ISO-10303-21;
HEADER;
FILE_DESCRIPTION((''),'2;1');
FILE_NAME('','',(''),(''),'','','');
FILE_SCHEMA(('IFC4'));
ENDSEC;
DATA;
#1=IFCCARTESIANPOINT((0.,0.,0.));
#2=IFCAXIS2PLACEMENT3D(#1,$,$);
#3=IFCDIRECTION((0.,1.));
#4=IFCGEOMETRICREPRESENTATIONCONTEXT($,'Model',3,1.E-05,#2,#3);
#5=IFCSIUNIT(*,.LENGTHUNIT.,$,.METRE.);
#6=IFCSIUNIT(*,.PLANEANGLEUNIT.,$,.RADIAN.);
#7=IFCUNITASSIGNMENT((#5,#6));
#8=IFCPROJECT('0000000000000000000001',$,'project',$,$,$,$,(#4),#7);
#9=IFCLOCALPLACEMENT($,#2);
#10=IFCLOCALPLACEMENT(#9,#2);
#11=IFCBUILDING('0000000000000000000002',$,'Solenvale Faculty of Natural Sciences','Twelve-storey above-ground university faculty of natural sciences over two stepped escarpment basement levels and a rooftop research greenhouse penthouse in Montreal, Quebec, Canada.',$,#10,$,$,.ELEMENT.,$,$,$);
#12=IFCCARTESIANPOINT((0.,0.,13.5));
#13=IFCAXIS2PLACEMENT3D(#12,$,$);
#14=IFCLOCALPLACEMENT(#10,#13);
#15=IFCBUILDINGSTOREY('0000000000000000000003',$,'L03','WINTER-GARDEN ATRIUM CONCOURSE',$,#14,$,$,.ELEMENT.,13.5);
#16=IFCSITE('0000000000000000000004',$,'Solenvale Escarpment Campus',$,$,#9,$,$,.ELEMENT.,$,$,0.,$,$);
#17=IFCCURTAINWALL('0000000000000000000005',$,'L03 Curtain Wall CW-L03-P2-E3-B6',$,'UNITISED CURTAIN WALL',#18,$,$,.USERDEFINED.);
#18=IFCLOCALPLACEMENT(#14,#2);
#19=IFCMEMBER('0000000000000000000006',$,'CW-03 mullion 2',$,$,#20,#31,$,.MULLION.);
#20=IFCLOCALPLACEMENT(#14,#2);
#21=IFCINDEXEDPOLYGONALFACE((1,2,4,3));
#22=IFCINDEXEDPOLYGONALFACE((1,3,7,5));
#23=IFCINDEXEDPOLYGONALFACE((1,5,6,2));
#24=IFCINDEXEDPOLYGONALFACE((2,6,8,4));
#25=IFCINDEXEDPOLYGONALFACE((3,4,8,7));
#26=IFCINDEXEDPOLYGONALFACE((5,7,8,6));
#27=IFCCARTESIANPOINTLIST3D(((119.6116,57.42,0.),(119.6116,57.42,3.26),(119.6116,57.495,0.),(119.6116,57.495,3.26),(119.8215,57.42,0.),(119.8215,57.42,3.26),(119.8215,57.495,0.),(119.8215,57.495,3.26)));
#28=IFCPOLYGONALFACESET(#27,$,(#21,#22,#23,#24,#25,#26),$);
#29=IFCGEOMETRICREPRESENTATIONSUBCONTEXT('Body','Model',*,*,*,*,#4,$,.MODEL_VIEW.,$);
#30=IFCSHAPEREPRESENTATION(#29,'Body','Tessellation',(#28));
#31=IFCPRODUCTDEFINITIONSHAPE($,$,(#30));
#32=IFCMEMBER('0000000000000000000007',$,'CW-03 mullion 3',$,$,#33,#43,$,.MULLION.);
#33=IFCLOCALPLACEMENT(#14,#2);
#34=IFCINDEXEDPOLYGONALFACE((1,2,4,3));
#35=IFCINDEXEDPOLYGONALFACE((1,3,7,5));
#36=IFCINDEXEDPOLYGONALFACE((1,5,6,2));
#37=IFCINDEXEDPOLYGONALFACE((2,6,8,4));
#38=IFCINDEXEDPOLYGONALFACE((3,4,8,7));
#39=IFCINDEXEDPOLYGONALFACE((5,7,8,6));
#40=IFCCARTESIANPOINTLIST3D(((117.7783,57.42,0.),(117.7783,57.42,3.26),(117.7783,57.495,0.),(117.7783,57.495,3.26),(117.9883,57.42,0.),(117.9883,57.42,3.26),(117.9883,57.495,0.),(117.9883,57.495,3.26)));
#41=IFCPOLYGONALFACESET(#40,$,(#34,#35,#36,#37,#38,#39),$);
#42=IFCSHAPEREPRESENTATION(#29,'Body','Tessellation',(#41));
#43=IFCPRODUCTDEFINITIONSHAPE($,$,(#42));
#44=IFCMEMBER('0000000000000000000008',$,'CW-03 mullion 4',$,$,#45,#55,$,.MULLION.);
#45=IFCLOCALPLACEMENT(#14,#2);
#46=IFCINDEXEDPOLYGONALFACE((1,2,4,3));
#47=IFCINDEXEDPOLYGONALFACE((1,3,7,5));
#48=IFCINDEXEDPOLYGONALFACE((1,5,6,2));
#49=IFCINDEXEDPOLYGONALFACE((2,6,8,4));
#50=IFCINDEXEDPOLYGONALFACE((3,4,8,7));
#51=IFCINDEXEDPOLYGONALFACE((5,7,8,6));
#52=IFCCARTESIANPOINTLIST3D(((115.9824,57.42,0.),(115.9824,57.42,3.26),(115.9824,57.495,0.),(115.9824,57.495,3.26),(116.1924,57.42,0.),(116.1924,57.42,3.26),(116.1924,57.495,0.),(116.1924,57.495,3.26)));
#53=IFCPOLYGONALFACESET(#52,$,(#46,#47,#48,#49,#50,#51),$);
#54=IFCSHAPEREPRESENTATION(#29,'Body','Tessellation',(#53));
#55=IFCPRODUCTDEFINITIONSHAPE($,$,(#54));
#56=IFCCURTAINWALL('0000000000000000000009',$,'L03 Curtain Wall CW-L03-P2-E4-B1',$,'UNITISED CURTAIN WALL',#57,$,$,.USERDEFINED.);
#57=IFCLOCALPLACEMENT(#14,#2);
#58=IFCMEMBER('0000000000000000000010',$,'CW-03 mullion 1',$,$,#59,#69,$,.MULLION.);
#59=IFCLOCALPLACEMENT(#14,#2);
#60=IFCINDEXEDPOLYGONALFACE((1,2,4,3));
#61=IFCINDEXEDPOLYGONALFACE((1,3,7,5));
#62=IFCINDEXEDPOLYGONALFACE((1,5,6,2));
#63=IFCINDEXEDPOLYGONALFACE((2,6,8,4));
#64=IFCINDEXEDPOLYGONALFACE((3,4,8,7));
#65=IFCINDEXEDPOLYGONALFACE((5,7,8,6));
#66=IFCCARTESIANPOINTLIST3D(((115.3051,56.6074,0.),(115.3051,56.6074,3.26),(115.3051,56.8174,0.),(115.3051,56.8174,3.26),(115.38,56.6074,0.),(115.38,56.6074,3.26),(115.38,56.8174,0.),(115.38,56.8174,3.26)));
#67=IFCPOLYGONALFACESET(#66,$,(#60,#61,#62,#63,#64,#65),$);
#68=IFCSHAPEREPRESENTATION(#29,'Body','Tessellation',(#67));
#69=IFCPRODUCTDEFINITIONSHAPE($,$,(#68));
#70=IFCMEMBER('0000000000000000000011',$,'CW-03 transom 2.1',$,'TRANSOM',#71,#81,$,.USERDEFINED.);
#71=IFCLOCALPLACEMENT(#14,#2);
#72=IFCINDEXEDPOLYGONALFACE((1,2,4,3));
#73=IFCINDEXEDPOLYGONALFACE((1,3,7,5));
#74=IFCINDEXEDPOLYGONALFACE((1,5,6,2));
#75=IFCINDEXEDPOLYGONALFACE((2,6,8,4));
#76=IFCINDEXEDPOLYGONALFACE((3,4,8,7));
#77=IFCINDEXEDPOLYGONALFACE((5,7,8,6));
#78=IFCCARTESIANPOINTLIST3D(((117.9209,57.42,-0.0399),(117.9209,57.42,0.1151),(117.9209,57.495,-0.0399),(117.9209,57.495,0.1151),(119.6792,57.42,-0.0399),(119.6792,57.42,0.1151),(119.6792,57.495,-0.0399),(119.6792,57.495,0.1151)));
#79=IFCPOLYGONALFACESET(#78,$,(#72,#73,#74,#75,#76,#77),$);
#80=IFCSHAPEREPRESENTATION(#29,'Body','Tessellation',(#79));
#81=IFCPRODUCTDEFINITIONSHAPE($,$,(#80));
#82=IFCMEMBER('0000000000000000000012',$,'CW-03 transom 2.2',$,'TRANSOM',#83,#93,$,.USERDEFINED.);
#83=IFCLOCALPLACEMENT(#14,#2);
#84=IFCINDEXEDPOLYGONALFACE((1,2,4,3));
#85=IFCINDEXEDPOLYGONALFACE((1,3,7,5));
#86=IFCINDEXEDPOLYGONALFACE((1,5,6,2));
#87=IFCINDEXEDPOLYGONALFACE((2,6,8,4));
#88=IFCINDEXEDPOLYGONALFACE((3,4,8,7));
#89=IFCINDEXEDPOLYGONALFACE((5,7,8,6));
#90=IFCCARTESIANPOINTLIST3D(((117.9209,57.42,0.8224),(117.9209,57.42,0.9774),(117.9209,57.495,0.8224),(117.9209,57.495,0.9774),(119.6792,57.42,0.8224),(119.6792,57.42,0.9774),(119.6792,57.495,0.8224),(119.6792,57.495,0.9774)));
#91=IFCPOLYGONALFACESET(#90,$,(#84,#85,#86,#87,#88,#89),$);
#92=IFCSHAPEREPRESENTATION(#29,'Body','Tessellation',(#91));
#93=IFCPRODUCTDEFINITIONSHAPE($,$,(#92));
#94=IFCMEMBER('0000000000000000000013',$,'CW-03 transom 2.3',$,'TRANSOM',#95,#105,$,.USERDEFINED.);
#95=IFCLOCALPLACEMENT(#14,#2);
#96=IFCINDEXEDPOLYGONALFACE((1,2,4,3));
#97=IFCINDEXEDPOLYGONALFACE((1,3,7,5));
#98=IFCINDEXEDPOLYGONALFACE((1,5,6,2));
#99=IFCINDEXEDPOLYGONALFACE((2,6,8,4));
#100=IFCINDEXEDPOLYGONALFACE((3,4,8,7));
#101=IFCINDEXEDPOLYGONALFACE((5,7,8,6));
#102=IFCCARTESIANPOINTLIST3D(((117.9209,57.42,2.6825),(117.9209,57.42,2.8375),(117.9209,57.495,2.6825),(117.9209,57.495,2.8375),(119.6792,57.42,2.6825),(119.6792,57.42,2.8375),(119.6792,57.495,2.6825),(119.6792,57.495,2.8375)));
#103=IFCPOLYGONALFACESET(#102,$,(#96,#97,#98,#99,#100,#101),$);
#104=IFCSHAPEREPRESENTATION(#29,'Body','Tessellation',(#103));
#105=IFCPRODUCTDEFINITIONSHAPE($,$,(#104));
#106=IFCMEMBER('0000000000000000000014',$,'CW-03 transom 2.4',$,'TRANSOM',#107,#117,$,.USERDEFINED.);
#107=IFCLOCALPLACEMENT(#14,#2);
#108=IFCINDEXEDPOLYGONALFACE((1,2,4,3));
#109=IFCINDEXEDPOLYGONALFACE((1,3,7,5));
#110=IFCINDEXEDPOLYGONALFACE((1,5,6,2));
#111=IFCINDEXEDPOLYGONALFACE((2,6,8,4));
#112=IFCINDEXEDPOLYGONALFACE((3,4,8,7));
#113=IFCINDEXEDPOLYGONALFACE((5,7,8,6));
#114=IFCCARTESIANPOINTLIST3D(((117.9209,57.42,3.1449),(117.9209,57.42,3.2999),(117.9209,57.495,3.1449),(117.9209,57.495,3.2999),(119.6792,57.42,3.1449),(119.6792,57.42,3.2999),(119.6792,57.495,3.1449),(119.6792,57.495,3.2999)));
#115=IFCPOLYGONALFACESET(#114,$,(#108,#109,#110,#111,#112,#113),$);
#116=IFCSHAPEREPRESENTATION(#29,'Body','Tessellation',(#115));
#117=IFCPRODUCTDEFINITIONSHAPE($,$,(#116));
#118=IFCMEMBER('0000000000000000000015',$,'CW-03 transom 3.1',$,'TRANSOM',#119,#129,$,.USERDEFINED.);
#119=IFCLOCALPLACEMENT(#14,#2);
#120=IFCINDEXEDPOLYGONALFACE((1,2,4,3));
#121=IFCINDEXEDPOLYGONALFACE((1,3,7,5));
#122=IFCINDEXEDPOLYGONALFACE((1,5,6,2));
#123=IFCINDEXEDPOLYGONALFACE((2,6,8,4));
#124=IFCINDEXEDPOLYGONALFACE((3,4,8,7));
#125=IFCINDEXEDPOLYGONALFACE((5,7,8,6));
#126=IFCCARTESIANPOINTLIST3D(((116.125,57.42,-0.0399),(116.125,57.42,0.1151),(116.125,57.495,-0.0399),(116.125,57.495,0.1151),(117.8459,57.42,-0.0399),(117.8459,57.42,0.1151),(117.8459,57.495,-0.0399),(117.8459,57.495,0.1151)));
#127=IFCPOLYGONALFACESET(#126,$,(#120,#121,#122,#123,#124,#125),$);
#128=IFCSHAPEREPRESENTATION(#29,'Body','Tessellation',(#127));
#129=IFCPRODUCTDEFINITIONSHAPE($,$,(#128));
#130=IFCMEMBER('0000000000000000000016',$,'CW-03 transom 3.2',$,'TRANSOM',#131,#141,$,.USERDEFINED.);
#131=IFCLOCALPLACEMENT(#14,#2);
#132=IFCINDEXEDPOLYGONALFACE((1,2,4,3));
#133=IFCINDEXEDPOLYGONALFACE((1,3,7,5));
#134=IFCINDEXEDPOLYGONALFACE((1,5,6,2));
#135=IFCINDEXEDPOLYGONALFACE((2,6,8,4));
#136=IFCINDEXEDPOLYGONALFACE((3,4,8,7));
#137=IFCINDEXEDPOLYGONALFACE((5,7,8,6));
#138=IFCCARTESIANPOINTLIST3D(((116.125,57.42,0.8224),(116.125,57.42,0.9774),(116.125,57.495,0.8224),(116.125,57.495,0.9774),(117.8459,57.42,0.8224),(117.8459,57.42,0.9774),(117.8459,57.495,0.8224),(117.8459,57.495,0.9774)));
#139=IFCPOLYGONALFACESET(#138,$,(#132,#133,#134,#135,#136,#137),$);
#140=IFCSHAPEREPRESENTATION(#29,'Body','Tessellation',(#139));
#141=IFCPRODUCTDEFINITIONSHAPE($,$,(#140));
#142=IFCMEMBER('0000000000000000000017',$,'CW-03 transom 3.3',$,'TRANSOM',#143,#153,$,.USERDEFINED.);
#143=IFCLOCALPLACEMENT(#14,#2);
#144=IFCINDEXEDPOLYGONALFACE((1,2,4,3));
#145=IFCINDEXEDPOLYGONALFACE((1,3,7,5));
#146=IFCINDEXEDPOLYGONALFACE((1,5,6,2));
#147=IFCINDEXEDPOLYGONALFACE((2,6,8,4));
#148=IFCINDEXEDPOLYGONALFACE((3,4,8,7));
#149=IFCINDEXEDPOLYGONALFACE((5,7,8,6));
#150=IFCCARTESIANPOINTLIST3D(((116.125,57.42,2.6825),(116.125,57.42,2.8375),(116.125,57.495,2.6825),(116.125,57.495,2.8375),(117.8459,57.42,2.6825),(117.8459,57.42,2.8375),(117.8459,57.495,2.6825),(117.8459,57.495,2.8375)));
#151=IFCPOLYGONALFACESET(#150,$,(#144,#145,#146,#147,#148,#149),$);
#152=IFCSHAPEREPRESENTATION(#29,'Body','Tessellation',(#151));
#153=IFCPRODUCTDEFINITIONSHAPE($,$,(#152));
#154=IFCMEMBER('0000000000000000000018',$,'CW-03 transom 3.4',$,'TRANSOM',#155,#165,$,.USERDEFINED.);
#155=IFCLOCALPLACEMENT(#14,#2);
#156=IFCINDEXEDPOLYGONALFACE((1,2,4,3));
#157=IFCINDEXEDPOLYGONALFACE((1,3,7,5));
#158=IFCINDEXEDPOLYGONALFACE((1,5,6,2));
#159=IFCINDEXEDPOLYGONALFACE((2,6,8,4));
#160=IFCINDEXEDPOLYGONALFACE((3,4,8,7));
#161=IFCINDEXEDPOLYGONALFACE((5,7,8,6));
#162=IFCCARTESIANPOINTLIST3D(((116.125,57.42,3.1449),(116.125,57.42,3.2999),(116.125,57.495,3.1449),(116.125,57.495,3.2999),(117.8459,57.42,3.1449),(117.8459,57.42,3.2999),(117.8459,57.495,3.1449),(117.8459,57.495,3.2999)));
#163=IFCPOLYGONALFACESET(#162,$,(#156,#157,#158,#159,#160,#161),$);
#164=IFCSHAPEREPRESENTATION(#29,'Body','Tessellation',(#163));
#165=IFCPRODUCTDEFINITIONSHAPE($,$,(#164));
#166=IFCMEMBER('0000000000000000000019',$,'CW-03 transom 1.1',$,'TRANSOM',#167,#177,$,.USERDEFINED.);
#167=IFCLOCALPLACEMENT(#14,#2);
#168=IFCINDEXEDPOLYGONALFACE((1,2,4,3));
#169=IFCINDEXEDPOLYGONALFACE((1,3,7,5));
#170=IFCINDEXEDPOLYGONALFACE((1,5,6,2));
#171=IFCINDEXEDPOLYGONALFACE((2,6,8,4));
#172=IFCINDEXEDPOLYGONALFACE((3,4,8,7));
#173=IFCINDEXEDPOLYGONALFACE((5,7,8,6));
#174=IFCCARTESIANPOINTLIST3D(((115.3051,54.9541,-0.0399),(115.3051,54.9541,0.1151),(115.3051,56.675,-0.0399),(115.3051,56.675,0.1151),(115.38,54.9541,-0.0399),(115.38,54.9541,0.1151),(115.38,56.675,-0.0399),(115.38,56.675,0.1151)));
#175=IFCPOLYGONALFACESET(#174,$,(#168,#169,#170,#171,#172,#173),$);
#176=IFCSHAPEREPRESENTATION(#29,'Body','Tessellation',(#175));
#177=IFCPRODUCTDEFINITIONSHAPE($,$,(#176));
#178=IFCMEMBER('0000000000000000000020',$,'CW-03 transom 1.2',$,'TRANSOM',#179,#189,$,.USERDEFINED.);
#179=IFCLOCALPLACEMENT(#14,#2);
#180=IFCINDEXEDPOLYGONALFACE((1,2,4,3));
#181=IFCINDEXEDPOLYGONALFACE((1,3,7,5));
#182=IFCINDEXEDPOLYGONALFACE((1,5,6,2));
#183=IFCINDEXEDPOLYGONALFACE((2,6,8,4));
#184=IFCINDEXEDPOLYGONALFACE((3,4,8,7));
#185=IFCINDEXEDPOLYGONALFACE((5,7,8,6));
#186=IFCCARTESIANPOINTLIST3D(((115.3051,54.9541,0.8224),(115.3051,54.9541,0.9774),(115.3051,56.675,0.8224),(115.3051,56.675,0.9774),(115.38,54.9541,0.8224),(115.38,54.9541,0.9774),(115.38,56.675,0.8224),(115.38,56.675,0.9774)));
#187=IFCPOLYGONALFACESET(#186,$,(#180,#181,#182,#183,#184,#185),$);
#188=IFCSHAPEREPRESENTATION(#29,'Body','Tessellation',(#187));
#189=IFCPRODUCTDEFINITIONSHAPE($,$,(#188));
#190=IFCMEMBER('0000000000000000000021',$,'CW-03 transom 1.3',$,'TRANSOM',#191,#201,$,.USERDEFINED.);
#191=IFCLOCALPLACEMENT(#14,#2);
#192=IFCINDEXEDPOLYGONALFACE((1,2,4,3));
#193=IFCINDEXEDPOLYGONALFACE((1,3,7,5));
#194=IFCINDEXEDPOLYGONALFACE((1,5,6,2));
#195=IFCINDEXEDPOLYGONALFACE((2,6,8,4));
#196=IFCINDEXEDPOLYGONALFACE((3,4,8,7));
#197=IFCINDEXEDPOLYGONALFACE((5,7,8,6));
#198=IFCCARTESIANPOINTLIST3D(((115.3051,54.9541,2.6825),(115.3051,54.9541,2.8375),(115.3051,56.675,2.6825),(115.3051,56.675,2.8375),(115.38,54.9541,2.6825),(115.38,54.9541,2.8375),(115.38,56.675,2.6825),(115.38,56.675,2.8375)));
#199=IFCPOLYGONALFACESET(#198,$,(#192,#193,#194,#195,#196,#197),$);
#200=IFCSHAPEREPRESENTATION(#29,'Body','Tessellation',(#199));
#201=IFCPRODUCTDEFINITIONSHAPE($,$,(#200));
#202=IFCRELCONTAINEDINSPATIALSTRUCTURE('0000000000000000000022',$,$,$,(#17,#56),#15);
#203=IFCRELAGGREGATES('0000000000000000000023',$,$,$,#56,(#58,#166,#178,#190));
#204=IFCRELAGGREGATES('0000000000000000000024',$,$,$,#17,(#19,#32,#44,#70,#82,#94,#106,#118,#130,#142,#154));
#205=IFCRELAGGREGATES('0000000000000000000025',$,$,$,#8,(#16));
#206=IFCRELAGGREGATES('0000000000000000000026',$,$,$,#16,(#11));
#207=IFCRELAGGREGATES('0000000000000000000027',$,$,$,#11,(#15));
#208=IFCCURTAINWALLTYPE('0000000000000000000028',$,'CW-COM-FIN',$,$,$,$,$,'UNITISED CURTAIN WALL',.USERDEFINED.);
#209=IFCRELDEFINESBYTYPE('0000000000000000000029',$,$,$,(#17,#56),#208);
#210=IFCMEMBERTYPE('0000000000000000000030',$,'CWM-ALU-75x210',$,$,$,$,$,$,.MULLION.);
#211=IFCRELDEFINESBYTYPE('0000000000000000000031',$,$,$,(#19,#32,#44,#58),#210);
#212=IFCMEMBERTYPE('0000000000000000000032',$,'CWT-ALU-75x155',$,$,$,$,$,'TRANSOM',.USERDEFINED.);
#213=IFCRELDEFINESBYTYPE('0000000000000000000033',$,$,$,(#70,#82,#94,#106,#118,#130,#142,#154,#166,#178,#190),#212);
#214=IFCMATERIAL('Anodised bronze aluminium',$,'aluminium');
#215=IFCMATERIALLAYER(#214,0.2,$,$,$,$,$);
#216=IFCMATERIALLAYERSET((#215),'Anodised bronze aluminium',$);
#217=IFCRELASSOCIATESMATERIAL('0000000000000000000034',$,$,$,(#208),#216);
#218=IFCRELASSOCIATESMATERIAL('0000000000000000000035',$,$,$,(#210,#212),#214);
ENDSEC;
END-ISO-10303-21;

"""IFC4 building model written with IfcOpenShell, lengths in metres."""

from ifc_helpers import new_model, si_unit, direction, frame, origin, origin_2d, place, context, subcontext, project, spatial, rectangle, extrude, material, layer, layer_set, material_profile, profile_set, type_object, element, aggregate, save


model = new_model("IFC4")

# Units and contexts
model_context = context("Model", 3, precision=1e-05, world=origin(), true_north=direction((0.0, 1.0)))
body_context = subcontext(model_context, "Body", "Model", "MODEL_VIEW")
ifc_project = project(units=[si_unit("LENGTHUNIT", "METRE"), si_unit("PLANEANGLEUNIT", "RADIAN")], contexts=[model_context])

# Site, building, storey
site_placement = place(None, origin())
site = spatial("IfcSite", under=ifc_project, at=site_placement, Name="Solenvale Escarpment Campus", CompositionType="ELEMENT", RefElevation=0.0)
building_placement = place(site_placement, origin())
building = spatial("IfcBuilding", under=site, at=building_placement, Name="Solenvale Faculty of Natural Sciences", Description="Twelve-storey above-ground university faculty of natural sciences over two stepped escarpment basement levels and a rooftop research greenhouse penthouse in Montreal, Quebec, Canada.", CompositionType="ELEMENT")
storey_placement = place(building_placement, frame((0.0, 0.0, 13.5)))
storey = spatial("IfcBuildingStorey", under=building, at=storey_placement, Name="L03", Description="WINTER-GARDEN ATRIUM CONCOURSE", CompositionType="ELEMENT", Elevation=13.5)

# Curtain wall, members
ifc_material_1 = material(Name="Anodised bronze aluminium", Category="aluminium")
ifc_layer_1 = layer(ifc_material_1, 0.2)
ifc_layer_set_1 = layer_set([ifc_layer_1], Name="Anodised bronze aluminium")
curtain_wall_type = type_object("IfcCurtainWallType", Name="CW-COM-FIN", ElementType="UNITISED CURTAIN WALL", PredefinedType="USERDEFINED", material=ifc_layer_set_1)
curtain_wall_1_placement = place(storey_placement, origin())
curtain_wall_1 = element("IfcCurtainWall", 1, at=curtain_wall_1_placement, inside=storey, type_object=curtain_wall_type, Name="L03 Curtain Wall CW-L03-P2-E3-B6", ObjectType="UNITISED CURTAIN WALL", PredefinedType="USERDEFINED")
ifc_material_profile_1 = material_profile(ifc_material_1, rectangle(XDim=0.075, YDim=0.21, at=origin_2d()), Name="ALU-MUL-75x210")
ifc_profile_set_1 = profile_set([ifc_material_profile_1], Name="Anodised bronze aluminium")
member_type_1 = type_object("IfcMemberType", Name="CWM-ALU-75x210", PredefinedType="MULLION", material=ifc_profile_set_1)
member_1_placement = place(storey_placement, frame((119.7166, 57.4575, 0.0), z_axis=(0.0, 0.0, 1.0), x_axis=(0.0, -1.0, 0.0)))
member_1 = element("IfcMember", 2, at=member_1_placement, type_object=member_type_1, Name="CW-03 mullion 2", PredefinedType="MULLION", context=body_context, shape_type="SweptSolid", body=[
    extrude(rectangle(XDim=0.075, YDim=0.21, at=origin_2d()), origin(), (0.0, 0.0, 1.0), 3.26),
])
member_2_placement = place(storey_placement, frame((117.8833, 57.4575, 0.0), z_axis=(0.0, 0.0, 1.0), x_axis=(0.0, -1.0, 0.0)))
member_2 = element("IfcMember", 3, at=member_2_placement, type_object=member_type_1, Name="CW-03 mullion 3", PredefinedType="MULLION", context=body_context, shape_type="SweptSolid", body=[
    extrude(rectangle(XDim=0.075, YDim=0.21, at=origin_2d()), origin(), (0.0, 0.0, 1.0), 3.26),
])
member_3_placement = place(storey_placement, frame((116.0874, 57.4575, 0.0), z_axis=(0.0, 0.0, 1.0), x_axis=(0.0, -1.0, 0.0)))
member_3 = element("IfcMember", 4, at=member_3_placement, type_object=member_type_1, Name="CW-03 mullion 4", PredefinedType="MULLION", context=body_context, shape_type="SweptSolid", body=[
    extrude(rectangle(XDim=0.075, YDim=0.21, at=origin_2d()), origin(), (0.0, 0.0, 1.0), 3.26),
])

# Curtain wall, member
curtain_wall_2_placement = place(storey_placement, origin())
curtain_wall_2 = element("IfcCurtainWall", 5, at=curtain_wall_2_placement, inside=storey, type_object=curtain_wall_type, Name="L03 Curtain Wall CW-L03-P2-E4-B1", ObjectType="UNITISED CURTAIN WALL", PredefinedType="USERDEFINED")
member_4_placement = place(storey_placement, frame((115.3425, 56.7124, 0.0), z_axis=(0.0, 0.0, 1.0), x_axis=(1.0, 0.0, 0.0)))
member_4 = element("IfcMember", 6, at=member_4_placement, type_object=member_type_1, Name="CW-03 mullion 1", PredefinedType="MULLION", context=body_context, shape_type="SweptSolid", body=[
    extrude(rectangle(XDim=0.075, YDim=0.21, at=origin_2d()), origin(), (0.0, 0.0, 1.0), 3.26),
])

# Members
ifc_material_profile_2 = material_profile(ifc_material_1, rectangle(XDim=0.075, YDim=0.155, at=origin_2d()), Name="ALU-TRN-75x155")
ifc_profile_set_2 = profile_set([ifc_material_profile_2], Name="Anodised bronze aluminium")
member_type_2 = type_object("IfcMemberType", Name="CWT-ALU-75x155", ElementType="TRANSOM", PredefinedType="USERDEFINED", material=ifc_profile_set_2)
member_5_placement = place(storey_placement, frame((119.6792, 57.4575, 0.0376), z_axis=(-1.0, 0.0, 0.0), x_axis=(0.0, -1.0, 0.0)))
member_5 = element("IfcMember", 7, at=member_5_placement, type_object=member_type_2, Name="CW-03 transom 2.1", ObjectType="TRANSOM", PredefinedType="USERDEFINED", context=body_context, shape_type="SweptSolid", body=[
    extrude(rectangle(XDim=0.075, YDim=0.155, at=origin_2d()), origin(), (0.0, 0.0, 1.0), 1.7583),
])
member_6_placement = place(storey_placement, frame((119.6792, 57.4575, 0.8999), z_axis=(-1.0, 0.0, 0.0), x_axis=(0.0, -1.0, 0.0)))
member_6 = element("IfcMember", 8, at=member_6_placement, type_object=member_type_2, Name="CW-03 transom 2.2", ObjectType="TRANSOM", PredefinedType="USERDEFINED", context=body_context, shape_type="SweptSolid", body=[
    extrude(rectangle(XDim=0.075, YDim=0.155, at=origin_2d()), origin(), (0.0, 0.0, 1.0), 1.7583),
])
member_7_placement = place(storey_placement, frame((119.6792, 57.4575, 2.76), z_axis=(-1.0, 0.0, 0.0), x_axis=(0.0, -1.0, 0.0)))
member_7 = element("IfcMember", 9, at=member_7_placement, type_object=member_type_2, Name="CW-03 transom 2.3", ObjectType="TRANSOM", PredefinedType="USERDEFINED", context=body_context, shape_type="SweptSolid", body=[
    extrude(rectangle(XDim=0.075, YDim=0.155, at=origin_2d()), origin(), (0.0, 0.0, 1.0), 1.7583),
])
member_8_placement = place(storey_placement, frame((119.6792, 57.4575, 3.2224), z_axis=(-1.0, 0.0, 0.0), x_axis=(0.0, -1.0, 0.0)))
member_8 = element("IfcMember", 10, at=member_8_placement, type_object=member_type_2, Name="CW-03 transom 2.4", ObjectType="TRANSOM", PredefinedType="USERDEFINED", context=body_context, shape_type="SweptSolid", body=[
    extrude(rectangle(XDim=0.075, YDim=0.155, at=origin_2d()), origin(), (0.0, 0.0, 1.0), 1.7583),
])
member_9_placement = place(storey_placement, frame((117.8459, 57.4575, 0.0376), z_axis=(-1.0, 0.0, 0.0), x_axis=(0.0, -1.0, 0.0)))
member_9 = element("IfcMember", 11, at=member_9_placement, type_object=member_type_2, Name="CW-03 transom 3.1", ObjectType="TRANSOM", PredefinedType="USERDEFINED", context=body_context, shape_type="SweptSolid", body=[
    extrude(rectangle(XDim=0.075, YDim=0.155, at=origin_2d()), origin(), (0.0, 0.0, 1.0), 1.7209),
])
member_10_placement = place(storey_placement, frame((117.8459, 57.4575, 0.8999), z_axis=(-1.0, 0.0, 0.0), x_axis=(0.0, -1.0, 0.0)))
member_10 = element("IfcMember", 12, at=member_10_placement, type_object=member_type_2, Name="CW-03 transom 3.2", ObjectType="TRANSOM", PredefinedType="USERDEFINED", context=body_context, shape_type="SweptSolid", body=[
    extrude(rectangle(XDim=0.075, YDim=0.155, at=origin_2d()), origin(), (0.0, 0.0, 1.0), 1.7209),
])
member_11_placement = place(storey_placement, frame((117.8459, 57.4575, 2.76), z_axis=(-1.0, 0.0, 0.0), x_axis=(0.0, -1.0, 0.0)))
member_11 = element("IfcMember", 13, at=member_11_placement, type_object=member_type_2, Name="CW-03 transom 3.3", ObjectType="TRANSOM", PredefinedType="USERDEFINED", context=body_context, shape_type="SweptSolid", body=[
    extrude(rectangle(XDim=0.075, YDim=0.155, at=origin_2d()), origin(), (0.0, 0.0, 1.0), 1.7209),
])
member_12_placement = place(storey_placement, frame((117.8459, 57.4575, 3.2224), z_axis=(-1.0, 0.0, 0.0), x_axis=(0.0, -1.0, 0.0)))
member_12 = element("IfcMember", 14, at=member_12_placement, type_object=member_type_2, Name="CW-03 transom 3.4", ObjectType="TRANSOM", PredefinedType="USERDEFINED", context=body_context, shape_type="SweptSolid", body=[
    extrude(rectangle(XDim=0.075, YDim=0.155, at=origin_2d()), origin(), (0.0, 0.0, 1.0), 1.7209),
])
member_13_placement = place(storey_placement, frame((115.3425, 56.675, 0.0376), z_axis=(0.0, -1.0, 0.0), x_axis=(1.0, 0.0, 0.0)))
member_13 = element("IfcMember", 15, at=member_13_placement, type_object=member_type_2, Name="CW-03 transom 1.1", ObjectType="TRANSOM", PredefinedType="USERDEFINED", context=body_context, shape_type="SweptSolid", body=[
    extrude(rectangle(XDim=0.075, YDim=0.155, at=origin_2d()), origin(), (0.0, 0.0, 1.0), 1.7209),
])
member_14_placement = place(storey_placement, frame((115.3425, 56.675, 0.8999), z_axis=(0.0, -1.0, 0.0), x_axis=(1.0, 0.0, 0.0)))
member_14 = element("IfcMember", 16, at=member_14_placement, type_object=member_type_2, Name="CW-03 transom 1.2", ObjectType="TRANSOM", PredefinedType="USERDEFINED", context=body_context, shape_type="SweptSolid", body=[
    extrude(rectangle(XDim=0.075, YDim=0.155, at=origin_2d()), origin(), (0.0, 0.0, 1.0), 1.7209),
])
member_15_placement = place(storey_placement, frame((115.3425, 56.675, 2.76), z_axis=(0.0, -1.0, 0.0), x_axis=(1.0, 0.0, 0.0)))
member_15 = element("IfcMember", 17, at=member_15_placement, type_object=member_type_2, Name="CW-03 transom 1.3", ObjectType="TRANSOM", PredefinedType="USERDEFINED", context=body_context, shape_type="SweptSolid", body=[
    extrude(rectangle(XDim=0.075, YDim=0.155, at=origin_2d()), origin(), (0.0, 0.0, 1.0), 1.7209),
])

aggregate(curtain_wall_2, [member_4, member_13, member_14, member_15])
aggregate(curtain_wall_1, [member_1, member_2, member_3, member_5, member_6, member_7, member_8, member_9, member_10, member_11, member_12])

save(model, "model.ifc")
